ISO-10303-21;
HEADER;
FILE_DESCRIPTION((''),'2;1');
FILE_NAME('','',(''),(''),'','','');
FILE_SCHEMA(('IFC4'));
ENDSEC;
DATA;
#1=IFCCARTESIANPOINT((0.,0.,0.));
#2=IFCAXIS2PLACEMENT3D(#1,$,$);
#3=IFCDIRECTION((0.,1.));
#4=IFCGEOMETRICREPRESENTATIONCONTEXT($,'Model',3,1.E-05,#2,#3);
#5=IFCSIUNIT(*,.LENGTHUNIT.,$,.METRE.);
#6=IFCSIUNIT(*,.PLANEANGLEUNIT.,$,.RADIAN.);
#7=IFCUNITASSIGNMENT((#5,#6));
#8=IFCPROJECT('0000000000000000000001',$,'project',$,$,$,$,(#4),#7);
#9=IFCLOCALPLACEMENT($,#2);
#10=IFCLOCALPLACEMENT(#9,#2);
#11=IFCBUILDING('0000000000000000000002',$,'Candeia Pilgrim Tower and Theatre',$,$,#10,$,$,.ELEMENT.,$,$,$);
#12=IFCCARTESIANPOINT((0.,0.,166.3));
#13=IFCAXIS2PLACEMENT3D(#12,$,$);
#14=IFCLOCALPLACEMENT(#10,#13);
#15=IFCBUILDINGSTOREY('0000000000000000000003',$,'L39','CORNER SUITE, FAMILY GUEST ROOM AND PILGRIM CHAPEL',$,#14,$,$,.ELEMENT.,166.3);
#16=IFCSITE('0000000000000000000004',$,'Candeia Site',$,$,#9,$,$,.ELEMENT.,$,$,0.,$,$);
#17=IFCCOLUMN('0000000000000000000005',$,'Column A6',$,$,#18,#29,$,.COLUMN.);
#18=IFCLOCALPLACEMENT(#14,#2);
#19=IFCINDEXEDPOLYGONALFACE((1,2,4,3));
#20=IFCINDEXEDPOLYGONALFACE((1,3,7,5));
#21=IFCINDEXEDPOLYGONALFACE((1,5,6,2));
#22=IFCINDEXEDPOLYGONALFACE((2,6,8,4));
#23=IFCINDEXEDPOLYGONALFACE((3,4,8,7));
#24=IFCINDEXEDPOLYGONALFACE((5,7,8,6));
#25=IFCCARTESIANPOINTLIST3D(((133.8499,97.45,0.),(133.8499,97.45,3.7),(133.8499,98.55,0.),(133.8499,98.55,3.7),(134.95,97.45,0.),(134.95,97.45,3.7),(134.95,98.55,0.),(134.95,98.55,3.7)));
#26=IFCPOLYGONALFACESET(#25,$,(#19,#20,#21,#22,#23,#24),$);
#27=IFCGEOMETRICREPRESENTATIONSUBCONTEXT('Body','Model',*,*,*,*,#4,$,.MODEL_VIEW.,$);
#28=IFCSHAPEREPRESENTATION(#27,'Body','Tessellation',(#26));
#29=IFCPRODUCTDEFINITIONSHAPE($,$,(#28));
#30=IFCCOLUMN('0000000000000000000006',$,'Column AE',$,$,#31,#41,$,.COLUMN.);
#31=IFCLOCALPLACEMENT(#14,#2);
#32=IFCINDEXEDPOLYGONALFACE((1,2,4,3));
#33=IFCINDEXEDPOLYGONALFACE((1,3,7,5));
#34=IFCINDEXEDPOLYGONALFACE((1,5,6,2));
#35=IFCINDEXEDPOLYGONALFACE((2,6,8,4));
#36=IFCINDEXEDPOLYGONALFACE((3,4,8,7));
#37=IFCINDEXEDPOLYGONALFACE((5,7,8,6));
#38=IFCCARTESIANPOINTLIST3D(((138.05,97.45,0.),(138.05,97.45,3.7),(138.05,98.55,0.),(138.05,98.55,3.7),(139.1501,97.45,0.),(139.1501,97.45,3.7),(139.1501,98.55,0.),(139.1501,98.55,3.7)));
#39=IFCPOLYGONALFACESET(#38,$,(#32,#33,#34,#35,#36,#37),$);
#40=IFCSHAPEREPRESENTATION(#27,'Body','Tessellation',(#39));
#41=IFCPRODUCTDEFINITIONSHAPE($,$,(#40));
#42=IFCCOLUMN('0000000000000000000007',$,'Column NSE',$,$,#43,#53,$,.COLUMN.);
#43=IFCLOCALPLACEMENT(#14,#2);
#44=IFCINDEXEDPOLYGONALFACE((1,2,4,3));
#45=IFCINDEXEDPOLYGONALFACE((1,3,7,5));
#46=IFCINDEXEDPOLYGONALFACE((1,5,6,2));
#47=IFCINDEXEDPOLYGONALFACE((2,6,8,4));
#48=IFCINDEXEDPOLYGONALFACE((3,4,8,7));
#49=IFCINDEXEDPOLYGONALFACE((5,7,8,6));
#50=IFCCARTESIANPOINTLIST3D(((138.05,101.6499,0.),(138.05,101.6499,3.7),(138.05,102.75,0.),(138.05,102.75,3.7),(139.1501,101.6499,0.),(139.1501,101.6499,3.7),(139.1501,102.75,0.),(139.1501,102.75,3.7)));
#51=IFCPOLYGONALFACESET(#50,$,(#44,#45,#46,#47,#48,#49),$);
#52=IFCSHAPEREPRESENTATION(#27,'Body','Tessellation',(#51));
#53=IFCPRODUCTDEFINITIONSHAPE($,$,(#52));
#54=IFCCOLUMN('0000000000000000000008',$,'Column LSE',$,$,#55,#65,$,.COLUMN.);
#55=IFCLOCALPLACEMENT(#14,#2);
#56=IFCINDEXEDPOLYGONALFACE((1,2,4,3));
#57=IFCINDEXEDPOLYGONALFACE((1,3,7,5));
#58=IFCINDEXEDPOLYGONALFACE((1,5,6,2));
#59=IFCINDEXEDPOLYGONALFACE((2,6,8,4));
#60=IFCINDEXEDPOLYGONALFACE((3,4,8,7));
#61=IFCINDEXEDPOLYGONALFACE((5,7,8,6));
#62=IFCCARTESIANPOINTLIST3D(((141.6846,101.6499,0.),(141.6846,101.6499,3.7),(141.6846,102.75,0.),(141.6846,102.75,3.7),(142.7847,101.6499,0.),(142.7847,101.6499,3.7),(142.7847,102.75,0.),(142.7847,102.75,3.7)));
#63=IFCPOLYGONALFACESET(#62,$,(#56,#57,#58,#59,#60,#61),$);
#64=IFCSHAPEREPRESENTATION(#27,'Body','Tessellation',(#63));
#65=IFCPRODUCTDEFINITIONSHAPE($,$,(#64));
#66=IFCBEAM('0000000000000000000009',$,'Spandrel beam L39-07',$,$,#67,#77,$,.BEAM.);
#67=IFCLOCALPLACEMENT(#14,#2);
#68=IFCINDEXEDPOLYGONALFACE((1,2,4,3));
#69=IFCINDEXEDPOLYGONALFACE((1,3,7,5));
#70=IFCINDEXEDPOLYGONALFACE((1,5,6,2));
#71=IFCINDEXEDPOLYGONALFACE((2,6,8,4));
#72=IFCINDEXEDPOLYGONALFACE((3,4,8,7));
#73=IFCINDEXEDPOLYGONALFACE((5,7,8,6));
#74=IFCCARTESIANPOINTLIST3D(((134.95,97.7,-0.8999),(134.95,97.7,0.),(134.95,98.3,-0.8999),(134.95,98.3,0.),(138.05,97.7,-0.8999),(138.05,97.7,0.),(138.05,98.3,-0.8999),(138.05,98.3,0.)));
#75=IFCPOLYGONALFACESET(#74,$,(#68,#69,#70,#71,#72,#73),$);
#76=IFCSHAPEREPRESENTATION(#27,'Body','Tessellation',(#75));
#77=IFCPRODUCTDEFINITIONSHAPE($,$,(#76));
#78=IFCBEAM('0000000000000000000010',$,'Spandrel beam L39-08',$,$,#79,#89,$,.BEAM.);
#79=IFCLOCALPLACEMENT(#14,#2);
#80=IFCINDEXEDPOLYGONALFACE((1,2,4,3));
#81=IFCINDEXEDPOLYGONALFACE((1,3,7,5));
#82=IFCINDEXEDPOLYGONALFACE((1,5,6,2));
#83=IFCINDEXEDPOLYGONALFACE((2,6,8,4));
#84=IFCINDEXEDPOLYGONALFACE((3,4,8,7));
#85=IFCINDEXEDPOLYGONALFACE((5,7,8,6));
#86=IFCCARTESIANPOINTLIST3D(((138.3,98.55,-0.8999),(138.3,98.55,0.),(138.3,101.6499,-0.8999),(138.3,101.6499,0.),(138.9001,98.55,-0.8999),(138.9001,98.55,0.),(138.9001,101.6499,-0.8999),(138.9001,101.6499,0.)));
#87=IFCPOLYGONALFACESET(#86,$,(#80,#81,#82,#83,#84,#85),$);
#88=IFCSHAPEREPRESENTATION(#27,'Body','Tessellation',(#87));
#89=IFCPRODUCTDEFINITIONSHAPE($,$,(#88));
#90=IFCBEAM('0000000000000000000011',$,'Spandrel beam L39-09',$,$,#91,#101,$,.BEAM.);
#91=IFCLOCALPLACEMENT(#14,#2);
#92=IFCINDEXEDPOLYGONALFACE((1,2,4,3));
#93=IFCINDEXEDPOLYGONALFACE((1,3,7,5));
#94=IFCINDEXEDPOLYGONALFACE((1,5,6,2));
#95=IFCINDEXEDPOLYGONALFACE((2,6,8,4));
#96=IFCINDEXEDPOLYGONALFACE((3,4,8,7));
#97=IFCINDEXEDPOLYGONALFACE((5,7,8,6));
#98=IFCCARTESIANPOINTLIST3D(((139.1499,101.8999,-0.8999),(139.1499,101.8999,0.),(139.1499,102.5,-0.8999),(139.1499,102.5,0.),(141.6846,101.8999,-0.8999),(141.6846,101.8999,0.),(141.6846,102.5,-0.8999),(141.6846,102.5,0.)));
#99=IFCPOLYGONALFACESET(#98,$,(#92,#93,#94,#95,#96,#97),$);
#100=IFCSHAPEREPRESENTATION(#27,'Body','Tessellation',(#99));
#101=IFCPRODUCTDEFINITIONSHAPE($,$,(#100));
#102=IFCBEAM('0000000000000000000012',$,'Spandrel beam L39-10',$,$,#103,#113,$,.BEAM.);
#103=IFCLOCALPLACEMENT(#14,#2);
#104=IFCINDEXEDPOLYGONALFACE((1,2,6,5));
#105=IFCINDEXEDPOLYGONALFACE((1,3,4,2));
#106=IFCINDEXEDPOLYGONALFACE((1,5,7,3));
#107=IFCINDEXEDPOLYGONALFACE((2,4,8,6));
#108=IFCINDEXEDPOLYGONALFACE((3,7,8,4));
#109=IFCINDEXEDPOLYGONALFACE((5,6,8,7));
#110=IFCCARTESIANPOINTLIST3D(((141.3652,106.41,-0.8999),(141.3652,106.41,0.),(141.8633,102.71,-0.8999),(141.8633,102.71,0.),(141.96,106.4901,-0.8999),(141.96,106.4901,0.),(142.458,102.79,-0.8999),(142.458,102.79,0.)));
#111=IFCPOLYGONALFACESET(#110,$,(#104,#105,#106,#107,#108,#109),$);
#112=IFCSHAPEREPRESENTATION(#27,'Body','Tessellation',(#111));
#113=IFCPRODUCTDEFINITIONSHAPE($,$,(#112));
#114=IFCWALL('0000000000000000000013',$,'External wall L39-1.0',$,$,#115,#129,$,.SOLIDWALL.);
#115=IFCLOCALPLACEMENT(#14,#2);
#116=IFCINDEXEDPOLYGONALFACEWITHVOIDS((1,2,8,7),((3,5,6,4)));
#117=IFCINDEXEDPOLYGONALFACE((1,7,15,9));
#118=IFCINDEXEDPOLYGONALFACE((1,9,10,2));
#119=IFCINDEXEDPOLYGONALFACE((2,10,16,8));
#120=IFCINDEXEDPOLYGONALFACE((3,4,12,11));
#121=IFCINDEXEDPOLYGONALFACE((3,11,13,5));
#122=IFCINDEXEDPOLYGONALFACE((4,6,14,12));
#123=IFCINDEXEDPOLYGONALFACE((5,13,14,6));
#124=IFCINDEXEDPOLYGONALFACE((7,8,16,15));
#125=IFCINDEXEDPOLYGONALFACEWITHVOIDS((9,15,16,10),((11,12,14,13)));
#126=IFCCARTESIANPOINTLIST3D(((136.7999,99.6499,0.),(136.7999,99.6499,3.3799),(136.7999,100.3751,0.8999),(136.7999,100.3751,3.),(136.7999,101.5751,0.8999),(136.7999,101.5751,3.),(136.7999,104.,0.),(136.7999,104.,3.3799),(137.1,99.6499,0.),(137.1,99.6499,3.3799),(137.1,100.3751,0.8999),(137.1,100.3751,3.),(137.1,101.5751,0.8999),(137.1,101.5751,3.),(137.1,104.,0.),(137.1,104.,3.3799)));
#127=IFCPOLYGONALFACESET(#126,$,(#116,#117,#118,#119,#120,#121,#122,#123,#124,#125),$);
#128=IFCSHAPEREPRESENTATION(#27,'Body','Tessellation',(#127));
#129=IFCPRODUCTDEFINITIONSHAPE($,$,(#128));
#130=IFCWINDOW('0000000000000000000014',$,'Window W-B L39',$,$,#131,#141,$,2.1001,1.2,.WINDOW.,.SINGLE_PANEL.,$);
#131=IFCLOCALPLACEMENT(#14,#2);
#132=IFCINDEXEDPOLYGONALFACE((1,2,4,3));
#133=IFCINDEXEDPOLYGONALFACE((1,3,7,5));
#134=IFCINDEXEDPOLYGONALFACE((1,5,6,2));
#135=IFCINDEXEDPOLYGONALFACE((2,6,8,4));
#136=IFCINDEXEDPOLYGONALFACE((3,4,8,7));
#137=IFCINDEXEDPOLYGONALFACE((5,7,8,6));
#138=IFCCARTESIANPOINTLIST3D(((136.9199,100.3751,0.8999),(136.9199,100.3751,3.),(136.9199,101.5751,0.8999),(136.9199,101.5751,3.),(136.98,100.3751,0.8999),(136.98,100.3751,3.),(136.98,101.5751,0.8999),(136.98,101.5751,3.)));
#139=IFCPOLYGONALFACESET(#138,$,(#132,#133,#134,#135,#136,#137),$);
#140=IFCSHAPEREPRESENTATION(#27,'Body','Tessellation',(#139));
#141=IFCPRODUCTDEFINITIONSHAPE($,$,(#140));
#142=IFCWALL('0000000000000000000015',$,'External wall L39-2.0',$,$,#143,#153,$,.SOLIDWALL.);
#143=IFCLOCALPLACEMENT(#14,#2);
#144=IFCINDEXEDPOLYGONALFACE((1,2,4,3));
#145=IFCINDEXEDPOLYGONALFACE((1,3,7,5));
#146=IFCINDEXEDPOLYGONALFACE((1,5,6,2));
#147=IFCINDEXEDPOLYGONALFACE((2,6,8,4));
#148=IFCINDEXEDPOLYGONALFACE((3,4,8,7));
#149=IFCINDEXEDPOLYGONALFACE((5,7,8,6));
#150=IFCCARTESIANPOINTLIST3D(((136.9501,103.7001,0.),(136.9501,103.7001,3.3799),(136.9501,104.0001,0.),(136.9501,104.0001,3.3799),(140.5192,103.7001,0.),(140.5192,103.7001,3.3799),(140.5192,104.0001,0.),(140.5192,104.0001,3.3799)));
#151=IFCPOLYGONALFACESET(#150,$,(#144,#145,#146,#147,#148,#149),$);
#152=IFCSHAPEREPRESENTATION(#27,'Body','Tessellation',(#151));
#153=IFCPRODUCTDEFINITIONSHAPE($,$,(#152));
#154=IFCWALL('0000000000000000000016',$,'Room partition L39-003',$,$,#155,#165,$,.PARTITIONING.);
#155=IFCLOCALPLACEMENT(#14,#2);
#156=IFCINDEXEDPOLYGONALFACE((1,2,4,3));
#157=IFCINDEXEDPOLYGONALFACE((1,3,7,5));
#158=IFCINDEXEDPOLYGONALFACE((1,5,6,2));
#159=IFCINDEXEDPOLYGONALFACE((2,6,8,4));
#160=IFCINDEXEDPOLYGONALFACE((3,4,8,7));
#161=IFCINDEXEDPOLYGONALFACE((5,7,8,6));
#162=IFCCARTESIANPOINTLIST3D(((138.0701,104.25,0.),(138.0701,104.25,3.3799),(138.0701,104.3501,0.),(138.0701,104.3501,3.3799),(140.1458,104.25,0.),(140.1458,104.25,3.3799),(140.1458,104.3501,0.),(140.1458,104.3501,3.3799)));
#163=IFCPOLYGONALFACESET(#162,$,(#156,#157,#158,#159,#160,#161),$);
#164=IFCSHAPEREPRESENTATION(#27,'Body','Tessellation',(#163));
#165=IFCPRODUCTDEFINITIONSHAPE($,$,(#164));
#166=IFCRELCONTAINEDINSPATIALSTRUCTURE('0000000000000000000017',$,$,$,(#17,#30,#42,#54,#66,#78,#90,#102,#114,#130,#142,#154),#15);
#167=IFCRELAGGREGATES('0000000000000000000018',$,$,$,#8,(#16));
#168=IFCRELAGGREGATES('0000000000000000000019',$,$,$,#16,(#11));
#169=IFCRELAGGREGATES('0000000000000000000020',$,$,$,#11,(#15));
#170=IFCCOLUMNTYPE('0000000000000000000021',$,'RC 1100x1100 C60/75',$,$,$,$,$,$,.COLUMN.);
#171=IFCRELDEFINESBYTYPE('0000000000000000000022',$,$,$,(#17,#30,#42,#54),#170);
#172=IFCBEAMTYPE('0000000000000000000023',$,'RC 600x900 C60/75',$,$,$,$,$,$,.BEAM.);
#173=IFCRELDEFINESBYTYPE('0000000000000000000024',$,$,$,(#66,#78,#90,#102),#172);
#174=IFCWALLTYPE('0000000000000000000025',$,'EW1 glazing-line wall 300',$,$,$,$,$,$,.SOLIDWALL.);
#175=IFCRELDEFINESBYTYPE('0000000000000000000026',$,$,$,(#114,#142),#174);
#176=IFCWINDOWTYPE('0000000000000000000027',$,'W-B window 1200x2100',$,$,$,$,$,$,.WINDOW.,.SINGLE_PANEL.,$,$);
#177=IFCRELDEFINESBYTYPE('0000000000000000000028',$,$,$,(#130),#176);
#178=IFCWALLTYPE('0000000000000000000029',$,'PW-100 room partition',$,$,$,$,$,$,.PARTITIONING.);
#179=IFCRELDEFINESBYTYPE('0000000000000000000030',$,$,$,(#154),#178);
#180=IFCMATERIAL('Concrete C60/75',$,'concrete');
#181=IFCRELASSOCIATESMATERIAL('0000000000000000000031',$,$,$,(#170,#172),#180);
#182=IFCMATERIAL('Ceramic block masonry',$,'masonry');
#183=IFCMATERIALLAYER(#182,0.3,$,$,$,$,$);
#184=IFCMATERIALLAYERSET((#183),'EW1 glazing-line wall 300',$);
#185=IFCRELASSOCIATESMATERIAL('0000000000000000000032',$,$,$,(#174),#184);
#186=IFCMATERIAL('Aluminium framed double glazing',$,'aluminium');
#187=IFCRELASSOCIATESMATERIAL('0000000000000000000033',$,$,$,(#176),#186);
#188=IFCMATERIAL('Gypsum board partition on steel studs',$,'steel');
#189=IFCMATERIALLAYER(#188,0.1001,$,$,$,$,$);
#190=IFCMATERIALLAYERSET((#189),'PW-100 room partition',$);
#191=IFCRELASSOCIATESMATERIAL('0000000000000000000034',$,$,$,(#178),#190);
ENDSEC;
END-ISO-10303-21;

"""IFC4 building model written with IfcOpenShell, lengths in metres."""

from ifc_helpers import new_model, si_unit, direction, frame, frame_2d, origin, origin_2d, place, context, subcontext, project, spatial, rectangle, extrude, material, layer, layer_set, material_profile, profile_set, type_object, element, fill, save


model = new_model("IFC4")

# Units and contexts
model_context = context("Model", 3, precision=1e-05, world=origin(), true_north=direction((0.0, 1.0)))
body_context = subcontext(model_context, "Body", "Model", "MODEL_VIEW")
ifc_project = project(units=[si_unit("LENGTHUNIT", "METRE"), si_unit("PLANEANGLEUNIT", "RADIAN")], contexts=[model_context])

# Site, building, storey
site_placement = place(None, origin())
site = spatial("IfcSite", under=ifc_project, at=site_placement, Name="Candeia Site", CompositionType="ELEMENT", RefElevation=0.0)
building_placement = place(site_placement, origin())
building = spatial("IfcBuilding", under=site, at=building_placement, Name="Candeia Pilgrim Tower and Theatre", CompositionType="ELEMENT")
storey_placement = place(building_placement, frame((0.0, 0.0, 166.3)))
storey = spatial("IfcBuildingStorey", under=building, at=storey_placement, Name="L39", Description="CORNER SUITE, FAMILY GUEST ROOM AND PILGRIM CHAPEL", CompositionType="ELEMENT", Elevation=166.3)

# Columns
ifc_material_1 = material(Name="Concrete C60/75", Category="concrete")
ifc_material_profile_1 = material_profile(ifc_material_1, rectangle(XDim=1.1001, YDim=1.1001, at=origin_2d()))
ifc_profile_set_1 = profile_set([ifc_material_profile_1], Name="Concrete C60/75")
column_type = type_object("IfcColumnType", Name="RC 1100x1100 C60/75", PredefinedType="COLUMN", material=ifc_profile_set_1)
for number, where, z_axis, x_axis, name in (
    (1, (134.3999, 98.0, 0.0), (0.0, 0.0, 1.0), (1.0, 0.0, 0.0), "Column A6"),
    (2, (138.6001, 98.0, 0.0), (0.0, 0.0, 1.0), (1.0, 0.0, 0.0), "Column AE"),
    (3, (138.6001, 102.2, 0.0), (0.0, 0.0, 1.0), (1.0, 0.0, 0.0), "Column NSE"),
    (4, (142.2346, 102.2, 0.0), (0.0, 0.0, 1.0), (1.0, 0.0, 0.0), "Column LSE"),
):
    element("IfcColumn", number, at=place(storey_placement, frame(where, z_axis=z_axis, x_axis=x_axis)), inside=storey, type_object=column_type, Name=name, PredefinedType="COLUMN", context=body_context, shape_type="SweptSolid", body=[
        extrude(rectangle(XDim=1.1001, YDim=1.1001, at=origin_2d()), origin(), (0.0, 0.0, 1.0), 3.7),
    ])

# Beams
ifc_material_profile_2 = material_profile(ifc_material_1, rectangle(XDim=0.6001, YDim=0.8999, at=origin_2d()))
ifc_profile_set_2 = profile_set([ifc_material_profile_2], Name="Concrete C60/75")
beam_type = type_object("IfcBeamType", Name="RC 600x900 C60/75", PredefinedType="BEAM", material=ifc_profile_set_2)
beam_1_placement = place(storey_placement, frame((134.95, 98.0, -0.45), z_axis=(1.0, 0.0, 0.0), x_axis=(0.0, 1.0, 0.0)))
element("IfcBeam", 5, at=beam_1_placement, inside=storey, type_object=beam_type, Name="Spandrel beam L39-07", PredefinedType="BEAM", context=body_context, shape_type="SweptSolid", body=[
    extrude(rectangle(XDim=0.6001, YDim=0.8999, at=origin_2d()), origin(), (0.0, 0.0, 1.0), 3.1001),
])
beam_2_placement = place(storey_placement, frame((138.6001, 98.55, -0.45), z_axis=(0.0, 1.0, 0.0), x_axis=(-1.0, 0.0, 0.0)))
element("IfcBeam", 6, at=beam_2_placement, inside=storey, type_object=beam_type, Name="Spandrel beam L39-08", PredefinedType="BEAM", context=body_context, shape_type="SweptSolid", body=[
    extrude(rectangle(XDim=0.6001, YDim=0.8999, at=origin_2d()), origin(), (0.0, 0.0, 1.0), 3.0999),
])
beam_3_placement = place(storey_placement, frame((139.1499, 102.2, -0.45), z_axis=(1.0, 0.0, 0.0), x_axis=(0.0, 1.0, 0.0)))
element("IfcBeam", 7, at=beam_3_placement, inside=storey, type_object=beam_type, Name="Spandrel beam L39-09", PredefinedType="BEAM", context=body_context, shape_type="SweptSolid", body=[
    extrude(rectangle(XDim=0.6001, YDim=0.8999, at=origin_2d()), origin(), (0.0, 0.0, 1.0), 2.5347),
])
beam_4_placement = place(storey_placement, frame((142.1606, 102.75, -0.45), z_axis=(-0.133406, 0.991061, 0.0), x_axis=(-0.991061, -0.133406, 0.0)))
element("IfcBeam", 8, at=beam_4_placement, inside=storey, type_object=beam_type, Name="Spandrel beam L39-10", PredefinedType="BEAM", context=body_context, shape_type="SweptSolid", body=[
    extrude(rectangle(XDim=0.6001, YDim=0.8999, at=origin_2d()), origin(), (0.0, 0.0, 1.0), 3.7334),
])

# Wall, opening, window
ifc_material_2 = material(Name="Ceramic block masonry", Category="masonry")
ifc_layer_1 = layer(ifc_material_2, 0.3)
ifc_layer_set_1 = layer_set([ifc_layer_1], Name="EW1 glazing-line wall 300")
wall_type_1 = type_object("IfcWallType", Name="EW1 glazing-line wall 300", PredefinedType="SOLIDWALL", material=ifc_layer_set_1)
wall_1_placement = place(storey_placement, frame((136.95, 99.6499, 0.0), z_axis=(0.0, 0.0, 1.0), x_axis=(0.0, 1.0, 0.0)))
wall_1 = element("IfcWall", 9, at=wall_1_placement, inside=storey, type_object=wall_type_1, Name="External wall L39-1.0", PredefinedType="SOLIDWALL", context=body_context, shape_type="SweptSolid", body=[
    extrude(rectangle(XDim=4.3501, YDim=0.3, at=frame_2d((2.175, 0.0))), origin(), (0.0, 0.0, 1.0), 3.3799),
])
opening_1_placement = place(wall_1_placement, frame((0.7251, 0.0, 0.8999)))
opening_1 = element("IfcOpeningElement", 10, at=opening_1_placement, cuts=wall_1, PredefinedType="OPENING", context=body_context, shape_type="SweptSolid", body=[
    extrude(rectangle(XDim=1.2, YDim=2.1001, at=frame_2d((0.6001, 1.05))), frame((0.0, 0.1602, 0.0), z_axis=(0.0, -1.0, 0.0), x_axis=(1.0, 0.0, 0.0)), (0.0, 0.0, 1.0), 0.3201),
])
ifc_material_3 = material(Name="Aluminium framed double glazing", Category="aluminium")
window_type = type_object("IfcWindowType", Name="W-B window 1200x2100", PartitioningType="SINGLE_PANEL", PredefinedType="WINDOW", material=ifc_material_3)
window_1_placement = place(opening_1_placement, origin())
window_1 = element("IfcWindow", 11, at=window_1_placement, inside=storey, type_object=window_type, Name="Window W-B L39", OverallHeight=2.1001, OverallWidth=1.2, PartitioningType="SINGLE_PANEL", PredefinedType="WINDOW", context=body_context, shape_type="SweptSolid", body=[
    extrude(rectangle(XDim=1.2, YDim=2.1001, at=frame_2d((0.6001, 1.05))), frame((0.0, 0.03, 0.0), z_axis=(0.0, -1.0, 0.0), x_axis=(1.0, 0.0, 0.0)), (0.0, 0.0, 1.0), 0.0601),
])
fill(opening_1, window_1)

# Wall
wall_2_placement = place(storey_placement, frame((136.95, 103.8501, 0.0), z_axis=(0.0, 0.0, 1.0), x_axis=(1.0, 0.0, 0.0)))
element("IfcWall", 12, at=wall_2_placement, inside=storey, type_object=wall_type_1, Name="External wall L39-2.0", PredefinedType="SOLIDWALL", context=body_context, shape_type="SweptSolid", body=[
    extrude(rectangle(XDim=3.5691, YDim=0.3, at=frame_2d((1.7847, 0.0))), origin(), (0.0, 0.0, 1.0), 3.3799),
])

# Wall
ifc_material_4 = material(Name="Gypsum board partition on steel studs", Category="steel")
ifc_layer_2 = layer(ifc_material_4, 0.1001)
ifc_layer_set_2 = layer_set([ifc_layer_2], Name="PW-100 room partition")
wall_type_2 = type_object("IfcWallType", Name="PW-100 room partition", PredefinedType="PARTITIONING", material=ifc_layer_set_2)
wall_3_placement = place(storey_placement, frame((138.0701, 104.3, 0.0), z_axis=(0.0, 0.0, 1.0), x_axis=(1.0, 0.0, 0.0)))
element("IfcWall", 13, at=wall_3_placement, inside=storey, type_object=wall_type_2, Name="Room partition L39-003", PredefinedType="PARTITIONING", context=body_context, shape_type="SweptSolid", body=[
    extrude(rectangle(XDim=2.0757, YDim=0.1001, at=frame_2d((1.0378, 0.0))), origin(), (0.0, 0.0, 1.0), 3.3799),
])

save(model, "model.ifc")
